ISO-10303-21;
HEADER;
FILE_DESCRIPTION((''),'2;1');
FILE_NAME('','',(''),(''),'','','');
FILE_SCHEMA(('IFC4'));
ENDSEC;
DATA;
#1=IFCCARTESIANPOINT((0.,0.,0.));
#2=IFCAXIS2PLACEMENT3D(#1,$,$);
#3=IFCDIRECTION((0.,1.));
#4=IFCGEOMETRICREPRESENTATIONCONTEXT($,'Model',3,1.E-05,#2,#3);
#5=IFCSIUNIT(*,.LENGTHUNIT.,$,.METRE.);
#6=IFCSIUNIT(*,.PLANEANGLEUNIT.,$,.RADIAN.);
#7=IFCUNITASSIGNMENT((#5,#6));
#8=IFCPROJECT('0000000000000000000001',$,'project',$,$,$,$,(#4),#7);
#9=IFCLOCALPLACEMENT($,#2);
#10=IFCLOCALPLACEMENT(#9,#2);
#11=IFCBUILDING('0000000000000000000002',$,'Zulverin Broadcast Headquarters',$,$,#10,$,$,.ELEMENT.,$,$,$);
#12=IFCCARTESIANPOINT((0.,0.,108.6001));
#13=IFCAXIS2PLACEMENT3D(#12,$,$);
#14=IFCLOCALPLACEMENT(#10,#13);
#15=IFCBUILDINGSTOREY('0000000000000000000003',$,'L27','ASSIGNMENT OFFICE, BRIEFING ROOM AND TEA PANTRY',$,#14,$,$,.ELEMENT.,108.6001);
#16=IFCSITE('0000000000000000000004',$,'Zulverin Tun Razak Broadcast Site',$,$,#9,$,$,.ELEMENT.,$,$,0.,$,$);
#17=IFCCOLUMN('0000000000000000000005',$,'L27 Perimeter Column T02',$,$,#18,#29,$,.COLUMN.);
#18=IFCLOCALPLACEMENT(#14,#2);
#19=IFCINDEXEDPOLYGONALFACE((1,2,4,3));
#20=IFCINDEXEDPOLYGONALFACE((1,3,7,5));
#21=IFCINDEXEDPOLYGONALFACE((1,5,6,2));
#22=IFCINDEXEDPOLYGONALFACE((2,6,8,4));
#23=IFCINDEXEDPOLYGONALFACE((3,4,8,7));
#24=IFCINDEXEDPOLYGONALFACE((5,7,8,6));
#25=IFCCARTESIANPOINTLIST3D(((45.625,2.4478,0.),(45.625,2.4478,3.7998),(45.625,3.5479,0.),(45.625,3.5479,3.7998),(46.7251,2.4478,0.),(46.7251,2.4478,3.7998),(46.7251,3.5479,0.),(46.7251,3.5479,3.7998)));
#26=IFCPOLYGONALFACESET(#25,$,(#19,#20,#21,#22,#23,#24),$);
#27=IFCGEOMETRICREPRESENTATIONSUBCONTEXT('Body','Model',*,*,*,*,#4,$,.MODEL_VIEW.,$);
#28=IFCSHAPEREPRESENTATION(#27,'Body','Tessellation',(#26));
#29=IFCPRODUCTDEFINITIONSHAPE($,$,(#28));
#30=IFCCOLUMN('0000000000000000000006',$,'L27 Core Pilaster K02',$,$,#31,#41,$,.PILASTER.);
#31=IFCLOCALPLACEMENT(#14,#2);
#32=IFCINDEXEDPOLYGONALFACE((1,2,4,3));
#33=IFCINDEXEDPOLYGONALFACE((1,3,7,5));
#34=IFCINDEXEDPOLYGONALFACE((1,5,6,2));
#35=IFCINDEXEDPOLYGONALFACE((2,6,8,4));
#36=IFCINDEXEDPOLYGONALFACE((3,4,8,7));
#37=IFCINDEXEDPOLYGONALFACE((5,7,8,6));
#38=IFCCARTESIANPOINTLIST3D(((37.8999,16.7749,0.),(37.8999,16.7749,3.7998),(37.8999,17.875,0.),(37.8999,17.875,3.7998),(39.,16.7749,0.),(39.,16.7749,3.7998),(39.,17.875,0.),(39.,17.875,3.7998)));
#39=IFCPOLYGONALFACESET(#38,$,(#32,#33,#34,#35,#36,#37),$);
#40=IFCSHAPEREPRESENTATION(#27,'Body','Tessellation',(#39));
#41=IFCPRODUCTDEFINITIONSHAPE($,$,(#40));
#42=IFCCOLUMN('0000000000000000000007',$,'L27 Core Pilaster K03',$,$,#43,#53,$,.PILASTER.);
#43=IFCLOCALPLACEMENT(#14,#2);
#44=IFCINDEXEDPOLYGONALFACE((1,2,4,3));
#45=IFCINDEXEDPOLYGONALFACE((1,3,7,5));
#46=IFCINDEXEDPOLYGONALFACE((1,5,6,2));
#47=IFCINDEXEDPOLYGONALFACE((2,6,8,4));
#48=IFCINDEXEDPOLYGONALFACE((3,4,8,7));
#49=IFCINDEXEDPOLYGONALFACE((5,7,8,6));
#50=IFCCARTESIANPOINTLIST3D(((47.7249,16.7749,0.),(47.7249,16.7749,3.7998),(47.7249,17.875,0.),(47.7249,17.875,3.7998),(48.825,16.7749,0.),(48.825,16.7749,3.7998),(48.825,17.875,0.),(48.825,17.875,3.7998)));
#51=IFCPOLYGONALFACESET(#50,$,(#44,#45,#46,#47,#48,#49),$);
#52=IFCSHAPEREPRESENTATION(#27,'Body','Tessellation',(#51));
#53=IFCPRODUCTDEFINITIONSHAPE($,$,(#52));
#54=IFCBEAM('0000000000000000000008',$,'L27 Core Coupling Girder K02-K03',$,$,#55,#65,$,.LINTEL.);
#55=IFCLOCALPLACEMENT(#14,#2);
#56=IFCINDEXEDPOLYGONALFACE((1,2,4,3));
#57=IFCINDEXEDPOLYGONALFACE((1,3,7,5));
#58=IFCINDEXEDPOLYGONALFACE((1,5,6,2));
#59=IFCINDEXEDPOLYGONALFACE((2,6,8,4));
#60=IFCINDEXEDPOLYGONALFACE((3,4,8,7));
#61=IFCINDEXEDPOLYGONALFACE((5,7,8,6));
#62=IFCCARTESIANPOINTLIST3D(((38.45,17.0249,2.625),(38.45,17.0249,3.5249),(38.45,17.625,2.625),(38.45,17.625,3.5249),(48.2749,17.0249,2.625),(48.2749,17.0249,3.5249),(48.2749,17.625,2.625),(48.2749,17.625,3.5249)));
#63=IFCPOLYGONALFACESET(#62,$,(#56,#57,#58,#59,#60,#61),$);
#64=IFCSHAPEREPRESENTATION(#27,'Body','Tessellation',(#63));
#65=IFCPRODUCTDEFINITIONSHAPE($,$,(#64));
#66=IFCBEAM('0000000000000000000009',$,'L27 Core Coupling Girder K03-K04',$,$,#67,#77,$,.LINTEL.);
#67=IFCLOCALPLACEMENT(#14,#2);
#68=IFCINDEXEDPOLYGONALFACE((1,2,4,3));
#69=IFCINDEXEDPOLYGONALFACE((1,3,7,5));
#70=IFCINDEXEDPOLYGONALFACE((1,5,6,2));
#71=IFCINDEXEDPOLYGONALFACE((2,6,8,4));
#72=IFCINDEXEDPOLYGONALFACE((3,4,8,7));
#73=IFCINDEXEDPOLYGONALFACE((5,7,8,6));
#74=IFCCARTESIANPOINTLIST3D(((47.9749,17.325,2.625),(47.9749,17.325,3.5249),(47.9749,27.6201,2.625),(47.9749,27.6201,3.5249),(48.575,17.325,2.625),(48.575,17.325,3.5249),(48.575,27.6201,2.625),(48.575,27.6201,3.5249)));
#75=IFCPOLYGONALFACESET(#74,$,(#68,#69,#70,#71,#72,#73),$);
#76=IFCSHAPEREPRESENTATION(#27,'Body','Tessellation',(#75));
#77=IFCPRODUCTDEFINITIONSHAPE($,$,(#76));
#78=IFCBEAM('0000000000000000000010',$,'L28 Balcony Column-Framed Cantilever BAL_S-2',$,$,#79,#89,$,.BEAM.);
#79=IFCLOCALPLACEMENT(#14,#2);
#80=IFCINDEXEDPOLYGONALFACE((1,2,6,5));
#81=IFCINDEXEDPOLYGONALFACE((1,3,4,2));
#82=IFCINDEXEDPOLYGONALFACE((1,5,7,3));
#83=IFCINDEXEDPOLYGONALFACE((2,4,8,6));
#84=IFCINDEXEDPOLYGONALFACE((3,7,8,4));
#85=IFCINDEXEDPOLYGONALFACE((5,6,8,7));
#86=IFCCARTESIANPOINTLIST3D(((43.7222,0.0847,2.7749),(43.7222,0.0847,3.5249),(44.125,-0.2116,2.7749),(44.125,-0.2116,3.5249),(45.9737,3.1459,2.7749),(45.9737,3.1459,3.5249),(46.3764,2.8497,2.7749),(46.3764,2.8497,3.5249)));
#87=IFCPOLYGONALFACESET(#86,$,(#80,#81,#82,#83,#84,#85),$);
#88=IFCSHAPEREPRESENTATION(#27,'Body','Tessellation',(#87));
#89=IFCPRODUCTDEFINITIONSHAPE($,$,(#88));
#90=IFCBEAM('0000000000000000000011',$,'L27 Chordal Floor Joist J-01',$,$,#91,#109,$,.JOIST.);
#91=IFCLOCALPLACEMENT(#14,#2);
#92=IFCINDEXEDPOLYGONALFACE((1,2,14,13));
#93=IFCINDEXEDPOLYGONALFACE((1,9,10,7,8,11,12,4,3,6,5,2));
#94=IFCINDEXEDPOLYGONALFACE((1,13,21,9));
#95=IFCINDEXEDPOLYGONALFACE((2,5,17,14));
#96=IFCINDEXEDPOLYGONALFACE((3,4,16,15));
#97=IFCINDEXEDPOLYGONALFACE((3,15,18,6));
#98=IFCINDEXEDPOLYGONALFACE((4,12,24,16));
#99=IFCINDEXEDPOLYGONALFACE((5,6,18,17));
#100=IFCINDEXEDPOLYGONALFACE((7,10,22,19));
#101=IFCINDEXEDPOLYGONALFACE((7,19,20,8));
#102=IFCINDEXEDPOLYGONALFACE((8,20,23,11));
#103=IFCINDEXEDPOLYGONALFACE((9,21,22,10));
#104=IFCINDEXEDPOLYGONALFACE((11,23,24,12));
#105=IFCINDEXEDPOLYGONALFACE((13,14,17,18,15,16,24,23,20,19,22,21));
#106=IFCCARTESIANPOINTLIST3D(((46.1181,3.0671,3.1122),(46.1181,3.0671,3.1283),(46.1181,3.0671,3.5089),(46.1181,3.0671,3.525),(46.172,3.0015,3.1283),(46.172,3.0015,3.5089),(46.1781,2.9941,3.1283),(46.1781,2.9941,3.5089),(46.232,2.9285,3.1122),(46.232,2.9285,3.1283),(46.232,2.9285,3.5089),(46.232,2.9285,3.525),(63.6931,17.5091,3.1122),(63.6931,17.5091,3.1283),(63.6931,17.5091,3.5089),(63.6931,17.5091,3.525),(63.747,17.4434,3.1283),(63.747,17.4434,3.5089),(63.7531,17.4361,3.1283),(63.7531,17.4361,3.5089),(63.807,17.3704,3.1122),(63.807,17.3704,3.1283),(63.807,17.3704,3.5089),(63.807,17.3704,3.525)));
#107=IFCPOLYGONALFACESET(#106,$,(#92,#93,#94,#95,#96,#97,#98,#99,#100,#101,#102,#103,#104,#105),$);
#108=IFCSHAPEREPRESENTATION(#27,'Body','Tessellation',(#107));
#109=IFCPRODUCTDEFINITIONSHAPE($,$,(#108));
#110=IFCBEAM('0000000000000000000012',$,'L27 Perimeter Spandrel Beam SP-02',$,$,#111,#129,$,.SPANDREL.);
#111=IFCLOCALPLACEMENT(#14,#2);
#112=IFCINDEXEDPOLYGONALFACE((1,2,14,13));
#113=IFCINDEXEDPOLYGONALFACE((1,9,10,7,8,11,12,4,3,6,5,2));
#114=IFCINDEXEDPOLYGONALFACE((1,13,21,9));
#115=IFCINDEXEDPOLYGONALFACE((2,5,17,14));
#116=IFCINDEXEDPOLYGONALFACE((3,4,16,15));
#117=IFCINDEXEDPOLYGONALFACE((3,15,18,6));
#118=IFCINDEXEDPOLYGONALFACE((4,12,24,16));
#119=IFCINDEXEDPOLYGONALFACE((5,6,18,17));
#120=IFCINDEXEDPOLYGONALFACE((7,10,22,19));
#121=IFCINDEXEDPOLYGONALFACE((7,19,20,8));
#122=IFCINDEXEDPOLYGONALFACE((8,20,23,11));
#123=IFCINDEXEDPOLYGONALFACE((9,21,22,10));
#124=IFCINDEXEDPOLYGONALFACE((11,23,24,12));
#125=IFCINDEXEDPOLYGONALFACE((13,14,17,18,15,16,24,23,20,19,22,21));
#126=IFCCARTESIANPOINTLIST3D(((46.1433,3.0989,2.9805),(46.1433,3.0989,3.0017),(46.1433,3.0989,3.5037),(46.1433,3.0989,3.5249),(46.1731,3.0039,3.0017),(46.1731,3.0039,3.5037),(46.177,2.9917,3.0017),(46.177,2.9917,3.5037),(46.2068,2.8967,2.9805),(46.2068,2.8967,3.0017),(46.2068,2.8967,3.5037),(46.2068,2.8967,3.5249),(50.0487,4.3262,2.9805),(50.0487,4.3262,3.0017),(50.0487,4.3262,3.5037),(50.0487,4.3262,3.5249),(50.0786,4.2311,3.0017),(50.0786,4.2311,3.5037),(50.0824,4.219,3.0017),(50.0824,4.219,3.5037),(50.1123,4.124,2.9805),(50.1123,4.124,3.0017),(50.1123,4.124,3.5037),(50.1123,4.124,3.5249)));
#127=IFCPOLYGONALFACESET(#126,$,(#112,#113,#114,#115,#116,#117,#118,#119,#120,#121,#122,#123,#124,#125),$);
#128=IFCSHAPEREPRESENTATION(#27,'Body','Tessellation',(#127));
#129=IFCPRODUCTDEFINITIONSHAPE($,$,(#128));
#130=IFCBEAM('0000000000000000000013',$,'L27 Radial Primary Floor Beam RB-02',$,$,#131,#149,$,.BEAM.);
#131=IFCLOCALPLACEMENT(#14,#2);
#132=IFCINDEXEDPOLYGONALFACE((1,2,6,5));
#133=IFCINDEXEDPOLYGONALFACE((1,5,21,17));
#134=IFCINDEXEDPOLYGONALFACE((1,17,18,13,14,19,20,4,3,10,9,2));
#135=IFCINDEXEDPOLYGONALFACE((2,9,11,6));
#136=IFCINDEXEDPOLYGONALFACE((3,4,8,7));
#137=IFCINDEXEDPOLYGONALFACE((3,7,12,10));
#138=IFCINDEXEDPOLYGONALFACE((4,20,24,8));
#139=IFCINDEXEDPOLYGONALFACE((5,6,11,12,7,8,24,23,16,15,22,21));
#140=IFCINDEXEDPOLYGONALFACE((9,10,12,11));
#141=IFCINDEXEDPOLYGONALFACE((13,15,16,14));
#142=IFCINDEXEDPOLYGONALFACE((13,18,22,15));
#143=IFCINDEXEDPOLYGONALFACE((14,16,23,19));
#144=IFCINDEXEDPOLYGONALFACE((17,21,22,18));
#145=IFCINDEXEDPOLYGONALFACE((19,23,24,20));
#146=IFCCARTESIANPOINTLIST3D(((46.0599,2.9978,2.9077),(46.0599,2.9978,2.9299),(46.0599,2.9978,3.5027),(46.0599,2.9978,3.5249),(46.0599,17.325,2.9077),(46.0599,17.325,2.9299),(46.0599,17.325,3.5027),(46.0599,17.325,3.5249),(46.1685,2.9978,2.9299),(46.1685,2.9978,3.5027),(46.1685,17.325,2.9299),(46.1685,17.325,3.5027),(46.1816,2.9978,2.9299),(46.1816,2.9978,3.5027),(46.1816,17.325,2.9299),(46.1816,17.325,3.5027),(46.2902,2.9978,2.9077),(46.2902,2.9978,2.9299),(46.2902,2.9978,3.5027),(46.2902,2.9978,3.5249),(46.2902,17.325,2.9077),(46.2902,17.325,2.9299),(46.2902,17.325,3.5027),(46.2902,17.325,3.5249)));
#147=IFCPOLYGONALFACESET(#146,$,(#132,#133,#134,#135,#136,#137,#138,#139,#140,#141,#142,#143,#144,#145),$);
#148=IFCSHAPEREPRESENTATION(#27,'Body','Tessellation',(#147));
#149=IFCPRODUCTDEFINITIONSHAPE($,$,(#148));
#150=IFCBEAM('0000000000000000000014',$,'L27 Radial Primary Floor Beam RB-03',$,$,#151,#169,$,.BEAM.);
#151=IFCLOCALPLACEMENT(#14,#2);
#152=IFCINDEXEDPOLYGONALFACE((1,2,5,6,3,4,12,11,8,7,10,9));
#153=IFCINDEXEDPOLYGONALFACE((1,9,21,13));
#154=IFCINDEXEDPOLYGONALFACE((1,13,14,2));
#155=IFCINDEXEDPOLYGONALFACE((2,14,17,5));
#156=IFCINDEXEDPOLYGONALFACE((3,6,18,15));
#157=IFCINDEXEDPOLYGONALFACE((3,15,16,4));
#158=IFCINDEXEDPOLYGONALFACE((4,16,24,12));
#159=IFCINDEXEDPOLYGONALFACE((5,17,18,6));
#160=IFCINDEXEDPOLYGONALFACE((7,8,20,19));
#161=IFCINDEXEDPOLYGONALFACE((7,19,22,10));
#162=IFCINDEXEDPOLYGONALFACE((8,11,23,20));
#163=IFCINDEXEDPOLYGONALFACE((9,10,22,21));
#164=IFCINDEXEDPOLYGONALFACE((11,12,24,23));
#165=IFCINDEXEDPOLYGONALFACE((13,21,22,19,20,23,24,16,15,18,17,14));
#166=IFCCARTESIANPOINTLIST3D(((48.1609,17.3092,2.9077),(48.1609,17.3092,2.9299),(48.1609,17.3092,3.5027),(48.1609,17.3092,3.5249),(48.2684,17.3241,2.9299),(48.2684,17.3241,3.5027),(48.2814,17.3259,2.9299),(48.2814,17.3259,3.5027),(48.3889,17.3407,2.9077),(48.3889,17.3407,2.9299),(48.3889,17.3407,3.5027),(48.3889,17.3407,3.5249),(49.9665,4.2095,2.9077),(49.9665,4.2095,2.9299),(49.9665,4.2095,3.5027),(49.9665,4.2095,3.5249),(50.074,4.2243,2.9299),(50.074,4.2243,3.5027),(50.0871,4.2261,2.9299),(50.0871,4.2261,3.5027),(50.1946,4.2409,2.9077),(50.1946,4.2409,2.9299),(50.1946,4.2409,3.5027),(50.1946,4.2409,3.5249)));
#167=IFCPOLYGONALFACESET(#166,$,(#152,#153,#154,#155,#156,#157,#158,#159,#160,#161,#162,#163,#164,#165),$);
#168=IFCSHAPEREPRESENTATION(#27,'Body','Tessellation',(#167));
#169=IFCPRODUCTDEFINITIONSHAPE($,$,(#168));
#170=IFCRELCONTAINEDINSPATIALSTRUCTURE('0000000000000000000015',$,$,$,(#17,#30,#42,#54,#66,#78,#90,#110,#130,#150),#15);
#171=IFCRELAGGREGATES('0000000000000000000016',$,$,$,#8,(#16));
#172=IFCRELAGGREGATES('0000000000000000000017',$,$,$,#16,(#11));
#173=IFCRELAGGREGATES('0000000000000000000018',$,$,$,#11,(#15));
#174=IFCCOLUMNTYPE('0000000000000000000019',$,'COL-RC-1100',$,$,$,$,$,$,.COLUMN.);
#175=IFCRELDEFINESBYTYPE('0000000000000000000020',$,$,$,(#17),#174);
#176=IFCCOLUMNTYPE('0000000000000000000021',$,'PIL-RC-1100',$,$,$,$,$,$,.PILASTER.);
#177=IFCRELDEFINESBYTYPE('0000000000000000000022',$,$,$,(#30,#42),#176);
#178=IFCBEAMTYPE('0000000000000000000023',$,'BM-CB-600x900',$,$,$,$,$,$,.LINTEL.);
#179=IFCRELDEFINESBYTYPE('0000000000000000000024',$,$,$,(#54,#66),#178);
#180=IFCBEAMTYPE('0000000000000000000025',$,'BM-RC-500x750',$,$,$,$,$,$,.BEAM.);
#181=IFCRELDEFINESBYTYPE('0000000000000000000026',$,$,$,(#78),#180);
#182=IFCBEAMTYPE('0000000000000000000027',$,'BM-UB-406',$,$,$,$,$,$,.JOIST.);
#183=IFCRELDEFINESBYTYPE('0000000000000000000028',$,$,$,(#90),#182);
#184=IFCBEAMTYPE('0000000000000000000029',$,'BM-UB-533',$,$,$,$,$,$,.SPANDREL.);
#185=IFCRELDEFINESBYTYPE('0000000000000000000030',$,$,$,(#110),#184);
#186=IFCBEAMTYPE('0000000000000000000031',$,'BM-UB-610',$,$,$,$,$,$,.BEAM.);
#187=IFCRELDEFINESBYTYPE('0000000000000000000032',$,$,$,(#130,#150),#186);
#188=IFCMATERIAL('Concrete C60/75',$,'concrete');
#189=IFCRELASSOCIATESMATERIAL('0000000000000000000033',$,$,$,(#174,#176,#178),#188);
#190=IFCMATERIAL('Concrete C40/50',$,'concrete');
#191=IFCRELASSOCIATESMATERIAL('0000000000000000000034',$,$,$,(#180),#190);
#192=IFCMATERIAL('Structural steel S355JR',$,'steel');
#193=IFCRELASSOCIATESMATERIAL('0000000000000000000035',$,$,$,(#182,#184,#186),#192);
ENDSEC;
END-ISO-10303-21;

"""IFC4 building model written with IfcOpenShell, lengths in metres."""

from ifc_helpers import new_model, si_unit, direction, frame, origin, origin_2d, place, context, subcontext, project, spatial, rectangle, i_section, extrude, material, material_profile, profile_set, type_object, element, save


model = new_model("IFC4")

# Units and contexts
model_context = context("Model", 3, precision=1e-05, world=origin(), true_north=direction((0.0, 1.0)))
body_context = subcontext(model_context, "Body", "Model", "MODEL_VIEW")
ifc_project = project(units=[si_unit("LENGTHUNIT", "METRE"), si_unit("PLANEANGLEUNIT", "RADIAN")], contexts=[model_context])

# Site, building, storey
site_placement = place(None, origin())
site = spatial("IfcSite", under=ifc_project, at=site_placement, Name="Zulverin Tun Razak Broadcast Site", CompositionType="ELEMENT", RefElevation=0.0)
building_placement = place(site_placement, origin())
building = spatial("IfcBuilding", under=site, at=building_placement, Name="Zulverin Broadcast Headquarters", CompositionType="ELEMENT")
storey_placement = place(building_placement, frame((0.0, 0.0, 108.6001)))
storey = spatial("IfcBuildingStorey", under=building, at=storey_placement, Name="L27", Description="ASSIGNMENT OFFICE, BRIEFING ROOM AND TEA PANTRY", CompositionType="ELEMENT", Elevation=108.6001)

# Columns
ifc_material_1 = material(Name="Concrete C60/75", Category="concrete")
ifc_material_profile_1 = material_profile(ifc_material_1, rectangle(XDim=1.1001, YDim=1.1001, at=origin_2d()), Name="Concrete C60/75", Category="concrete")
ifc_profile_set_1 = profile_set([ifc_material_profile_1], Name="Concrete C60/75")
column_type_1 = type_object("IfcColumnType", Name="COL-RC-1100", PredefinedType="COLUMN", material=ifc_profile_set_1)
column_placement = place(storey_placement, frame((46.175, 2.9978, 0.0), z_axis=(0.0, 0.0, 1.0), x_axis=(1.0, 0.0, 0.0)))
element("IfcColumn", 1, at=column_placement, inside=storey, type_object=column_type_1, Name="L27 Perimeter Column T02", PredefinedType="COLUMN", context=body_context, shape_type="SweptSolid", body=[
    extrude(rectangle(XDim=1.1001, YDim=1.1001, at=origin_2d()), origin(), (0.0, 0.0, 1.0), 3.7998),
])
ifc_material_profile_2 = material_profile(ifc_material_1, rectangle(XDim=1.1001, YDim=1.1001, at=origin_2d()), Name="Concrete C60/75", Category="concrete")
ifc_profile_set_2 = profile_set([ifc_material_profile_2], Name="Concrete C60/75")
column_type_2 = type_object("IfcColumnType", Name="PIL-RC-1100", PredefinedType="PILASTER", material=ifc_profile_set_2)
for number, where, z_axis, x_axis, name in (
    (2, (38.45, 17.325, 0.0), (0.0, 0.0, 1.0), (1.0, 0.0, 0.0), "L27 Core Pilaster K02"),
    (3, (48.2749, 17.325, 0.0), (0.0, 0.0, 1.0), (1.0, 0.0, 0.0), "L27 Core Pilaster K03"),
):
    element("IfcColumn", number, at=place(storey_placement, frame(where, z_axis=z_axis, x_axis=x_axis)), inside=storey, type_object=column_type_2, Name=name, PredefinedType="PILASTER", context=body_context, shape_type="SweptSolid", body=[
        extrude(rectangle(XDim=1.1001, YDim=1.1001, at=origin_2d()), origin(), (0.0, 0.0, 1.0), 3.7998),
    ])

# Beams
ifc_material_profile_3 = material_profile(ifc_material_1, rectangle(XDim=0.6001, YDim=0.8999, at=origin_2d()), Name="Concrete C60/75", Category="concrete")
ifc_profile_set_3 = profile_set([ifc_material_profile_3], Name="Concrete C60/75")
beam_type_1 = type_object("IfcBeamType", Name="BM-CB-600x900", PredefinedType="LINTEL", material=ifc_profile_set_3)
beam_1_placement = place(storey_placement, frame((38.45, 17.325, 3.075), z_axis=(1.0, 0.0, 0.0), x_axis=(0.0, 1.0, 0.0)))
element("IfcBeam", 4, at=beam_1_placement, inside=storey, type_object=beam_type_1, Name="L27 Core Coupling Girder K02-K03", PredefinedType="LINTEL", context=body_context, shape_type="SweptSolid", body=[
    extrude(rectangle(XDim=0.6001, YDim=0.8999, at=origin_2d()), origin(), (0.0, 0.0, 1.0), 9.825),
])
beam_2_placement = place(storey_placement, frame((48.2749, 17.325, 3.075), z_axis=(0.0, 1.0, 0.0), x_axis=(-1.0, 0.0, 0.0)))
element("IfcBeam", 5, at=beam_2_placement, inside=storey, type_object=beam_type_1, Name="L27 Core Coupling Girder K03-K04", PredefinedType="LINTEL", context=body_context, shape_type="SweptSolid", body=[
    extrude(rectangle(XDim=0.6001, YDim=0.8999, at=origin_2d()), origin(), (0.0, 0.0, 1.0), 10.2952),
])
ifc_material_2 = material(Name="Concrete C40/50", Category="concrete")
ifc_material_profile_4 = material_profile(ifc_material_2, rectangle(XDim=0.5, YDim=0.75, at=origin_2d()), Name="Concrete C40/50", Category="concrete")
ifc_profile_set_4 = profile_set([ifc_material_profile_4], Name="Concrete C40/50")
beam_type_2 = type_object("IfcBeamType", Name="BM-RC-500x750", PredefinedType="BEAM", material=ifc_profile_set_4)
beam_3_placement = place(storey_placement, frame((46.175, 2.9978, 3.1499), z_axis=(-0.59248, -0.805585, 0.0), x_axis=(0.805585, -0.59248, 0.0)))
element("IfcBeam", 6, at=beam_3_placement, inside=storey, type_object=beam_type_2, Name="L28 Balcony Column-Framed Cantilever BAL_S-2", PredefinedType="BEAM", context=body_context, shape_type="SweptSolid", body=[
    extrude(rectangle(XDim=0.5, YDim=0.75, at=origin_2d()), origin(), (0.0, 0.0, 1.0), 3.8),
])
ifc_material_3 = material(Name="Structural steel S355JR", Category="steel")
ifc_material_profile_5 = material_profile(ifc_material_3, i_section(OverallWidth=0.1794, OverallDepth=0.4128, WebThickness=0.0095, FlangeThickness=0.0161, at=origin_2d()), Name="Structural steel S355JR", Category="steel")
ifc_profile_set_5 = profile_set([ifc_material_profile_5], Name="Structural steel S355JR")
beam_type_3 = type_object("IfcBeamType", Name="BM-UB-406", PredefinedType="JOIST", material=ifc_profile_set_5)
beam_4_placement = place(storey_placement, frame((46.175, 2.9978, 3.3186), z_axis=(0.772611, 0.634879, 0.0), x_axis=(-0.634879, 0.772611, 0.0)))
element("IfcBeam", 7, at=beam_4_placement, inside=storey, type_object=beam_type_3, Name="L27 Chordal Floor Joist J-01", PredefinedType="JOIST", context=body_context, shape_type="SweptSolid", body=[
    extrude(i_section(OverallWidth=0.1794, OverallDepth=0.4128, WebThickness=0.0095, FlangeThickness=0.0161, at=origin_2d()), origin(), (0.0, 0.0, 1.0), 22.7476),
])
ifc_material_profile_6 = material_profile(ifc_material_3, i_section(OverallWidth=0.2119, OverallDepth=0.5444, WebThickness=0.0127, FlangeThickness=0.0212, at=origin_2d()), Name="Structural steel S355JR", Category="steel")
ifc_profile_set_6 = profile_set([ifc_material_profile_6], Name="Structural steel S355JR")
beam_type_4 = type_object("IfcBeamType", Name="BM-UB-533", PredefinedType="SPANDREL", material=ifc_profile_set_6)
beam_5_placement = place(storey_placement, frame((46.175, 2.9978, 3.2527), z_axis=(0.954004, 0.299792, 0.0), x_axis=(-0.299792, 0.954004, 0.0)))
element("IfcBeam", 8, at=beam_5_placement, inside=storey, type_object=beam_type_4, Name="L27 Perimeter Spandrel Beam SP-02", PredefinedType="SPANDREL", context=body_context, shape_type="SweptSolid", body=[
    extrude(i_section(OverallWidth=0.2119, OverallDepth=0.5444, WebThickness=0.0127, FlangeThickness=0.0212, at=origin_2d()), origin(), (0.0, 0.0, 1.0), 4.0938),
])
ifc_material_profile_7 = material_profile(ifc_material_3, i_section(OverallWidth=0.2302, OverallDepth=0.6172, WebThickness=0.0132, FlangeThickness=0.0222, at=origin_2d()), Name="Structural steel S355JR", Category="steel")
ifc_profile_set_7 = profile_set([ifc_material_profile_7], Name="Structural steel S355JR")
beam_type_5 = type_object("IfcBeamType", Name="BM-UB-610", PredefinedType="BEAM", material=ifc_profile_set_7)
beam_6_placement = place(storey_placement, frame((46.175, 17.325, 3.2163), z_axis=(0.0, -1.0, 0.0), x_axis=(1.0, 0.0, 0.0)))
element("IfcBeam", 9, at=beam_6_placement, inside=storey, type_object=beam_type_5, Name="L27 Radial Primary Floor Beam RB-02", PredefinedType="BEAM", context=body_context, shape_type="SweptSolid", body=[
    extrude(i_section(OverallWidth=0.2302, OverallDepth=0.6172, WebThickness=0.0132, FlangeThickness=0.0222, at=origin_2d()), origin(), (0.0, 0.0, 1.0), 14.3271),
])
beam_7_placement = place(storey_placement, frame((48.2749, 17.325, 3.2163), z_axis=(0.136547, -0.990634, 0.0), x_axis=(0.990634, 0.136547, 0.0)))
element("IfcBeam", 10, at=beam_7_placement, inside=storey, type_object=beam_type_5, Name="L27 Radial Primary Floor Beam RB-03", PredefinedType="BEAM", context=body_context, shape_type="SweptSolid", body=[
    extrude(i_section(OverallWidth=0.2302, OverallDepth=0.6172, WebThickness=0.0132, FlangeThickness=0.0222, at=origin_2d()), origin(), (0.0, 0.0, 1.0), 13.2236),
])

save(model, "model.ifc")
